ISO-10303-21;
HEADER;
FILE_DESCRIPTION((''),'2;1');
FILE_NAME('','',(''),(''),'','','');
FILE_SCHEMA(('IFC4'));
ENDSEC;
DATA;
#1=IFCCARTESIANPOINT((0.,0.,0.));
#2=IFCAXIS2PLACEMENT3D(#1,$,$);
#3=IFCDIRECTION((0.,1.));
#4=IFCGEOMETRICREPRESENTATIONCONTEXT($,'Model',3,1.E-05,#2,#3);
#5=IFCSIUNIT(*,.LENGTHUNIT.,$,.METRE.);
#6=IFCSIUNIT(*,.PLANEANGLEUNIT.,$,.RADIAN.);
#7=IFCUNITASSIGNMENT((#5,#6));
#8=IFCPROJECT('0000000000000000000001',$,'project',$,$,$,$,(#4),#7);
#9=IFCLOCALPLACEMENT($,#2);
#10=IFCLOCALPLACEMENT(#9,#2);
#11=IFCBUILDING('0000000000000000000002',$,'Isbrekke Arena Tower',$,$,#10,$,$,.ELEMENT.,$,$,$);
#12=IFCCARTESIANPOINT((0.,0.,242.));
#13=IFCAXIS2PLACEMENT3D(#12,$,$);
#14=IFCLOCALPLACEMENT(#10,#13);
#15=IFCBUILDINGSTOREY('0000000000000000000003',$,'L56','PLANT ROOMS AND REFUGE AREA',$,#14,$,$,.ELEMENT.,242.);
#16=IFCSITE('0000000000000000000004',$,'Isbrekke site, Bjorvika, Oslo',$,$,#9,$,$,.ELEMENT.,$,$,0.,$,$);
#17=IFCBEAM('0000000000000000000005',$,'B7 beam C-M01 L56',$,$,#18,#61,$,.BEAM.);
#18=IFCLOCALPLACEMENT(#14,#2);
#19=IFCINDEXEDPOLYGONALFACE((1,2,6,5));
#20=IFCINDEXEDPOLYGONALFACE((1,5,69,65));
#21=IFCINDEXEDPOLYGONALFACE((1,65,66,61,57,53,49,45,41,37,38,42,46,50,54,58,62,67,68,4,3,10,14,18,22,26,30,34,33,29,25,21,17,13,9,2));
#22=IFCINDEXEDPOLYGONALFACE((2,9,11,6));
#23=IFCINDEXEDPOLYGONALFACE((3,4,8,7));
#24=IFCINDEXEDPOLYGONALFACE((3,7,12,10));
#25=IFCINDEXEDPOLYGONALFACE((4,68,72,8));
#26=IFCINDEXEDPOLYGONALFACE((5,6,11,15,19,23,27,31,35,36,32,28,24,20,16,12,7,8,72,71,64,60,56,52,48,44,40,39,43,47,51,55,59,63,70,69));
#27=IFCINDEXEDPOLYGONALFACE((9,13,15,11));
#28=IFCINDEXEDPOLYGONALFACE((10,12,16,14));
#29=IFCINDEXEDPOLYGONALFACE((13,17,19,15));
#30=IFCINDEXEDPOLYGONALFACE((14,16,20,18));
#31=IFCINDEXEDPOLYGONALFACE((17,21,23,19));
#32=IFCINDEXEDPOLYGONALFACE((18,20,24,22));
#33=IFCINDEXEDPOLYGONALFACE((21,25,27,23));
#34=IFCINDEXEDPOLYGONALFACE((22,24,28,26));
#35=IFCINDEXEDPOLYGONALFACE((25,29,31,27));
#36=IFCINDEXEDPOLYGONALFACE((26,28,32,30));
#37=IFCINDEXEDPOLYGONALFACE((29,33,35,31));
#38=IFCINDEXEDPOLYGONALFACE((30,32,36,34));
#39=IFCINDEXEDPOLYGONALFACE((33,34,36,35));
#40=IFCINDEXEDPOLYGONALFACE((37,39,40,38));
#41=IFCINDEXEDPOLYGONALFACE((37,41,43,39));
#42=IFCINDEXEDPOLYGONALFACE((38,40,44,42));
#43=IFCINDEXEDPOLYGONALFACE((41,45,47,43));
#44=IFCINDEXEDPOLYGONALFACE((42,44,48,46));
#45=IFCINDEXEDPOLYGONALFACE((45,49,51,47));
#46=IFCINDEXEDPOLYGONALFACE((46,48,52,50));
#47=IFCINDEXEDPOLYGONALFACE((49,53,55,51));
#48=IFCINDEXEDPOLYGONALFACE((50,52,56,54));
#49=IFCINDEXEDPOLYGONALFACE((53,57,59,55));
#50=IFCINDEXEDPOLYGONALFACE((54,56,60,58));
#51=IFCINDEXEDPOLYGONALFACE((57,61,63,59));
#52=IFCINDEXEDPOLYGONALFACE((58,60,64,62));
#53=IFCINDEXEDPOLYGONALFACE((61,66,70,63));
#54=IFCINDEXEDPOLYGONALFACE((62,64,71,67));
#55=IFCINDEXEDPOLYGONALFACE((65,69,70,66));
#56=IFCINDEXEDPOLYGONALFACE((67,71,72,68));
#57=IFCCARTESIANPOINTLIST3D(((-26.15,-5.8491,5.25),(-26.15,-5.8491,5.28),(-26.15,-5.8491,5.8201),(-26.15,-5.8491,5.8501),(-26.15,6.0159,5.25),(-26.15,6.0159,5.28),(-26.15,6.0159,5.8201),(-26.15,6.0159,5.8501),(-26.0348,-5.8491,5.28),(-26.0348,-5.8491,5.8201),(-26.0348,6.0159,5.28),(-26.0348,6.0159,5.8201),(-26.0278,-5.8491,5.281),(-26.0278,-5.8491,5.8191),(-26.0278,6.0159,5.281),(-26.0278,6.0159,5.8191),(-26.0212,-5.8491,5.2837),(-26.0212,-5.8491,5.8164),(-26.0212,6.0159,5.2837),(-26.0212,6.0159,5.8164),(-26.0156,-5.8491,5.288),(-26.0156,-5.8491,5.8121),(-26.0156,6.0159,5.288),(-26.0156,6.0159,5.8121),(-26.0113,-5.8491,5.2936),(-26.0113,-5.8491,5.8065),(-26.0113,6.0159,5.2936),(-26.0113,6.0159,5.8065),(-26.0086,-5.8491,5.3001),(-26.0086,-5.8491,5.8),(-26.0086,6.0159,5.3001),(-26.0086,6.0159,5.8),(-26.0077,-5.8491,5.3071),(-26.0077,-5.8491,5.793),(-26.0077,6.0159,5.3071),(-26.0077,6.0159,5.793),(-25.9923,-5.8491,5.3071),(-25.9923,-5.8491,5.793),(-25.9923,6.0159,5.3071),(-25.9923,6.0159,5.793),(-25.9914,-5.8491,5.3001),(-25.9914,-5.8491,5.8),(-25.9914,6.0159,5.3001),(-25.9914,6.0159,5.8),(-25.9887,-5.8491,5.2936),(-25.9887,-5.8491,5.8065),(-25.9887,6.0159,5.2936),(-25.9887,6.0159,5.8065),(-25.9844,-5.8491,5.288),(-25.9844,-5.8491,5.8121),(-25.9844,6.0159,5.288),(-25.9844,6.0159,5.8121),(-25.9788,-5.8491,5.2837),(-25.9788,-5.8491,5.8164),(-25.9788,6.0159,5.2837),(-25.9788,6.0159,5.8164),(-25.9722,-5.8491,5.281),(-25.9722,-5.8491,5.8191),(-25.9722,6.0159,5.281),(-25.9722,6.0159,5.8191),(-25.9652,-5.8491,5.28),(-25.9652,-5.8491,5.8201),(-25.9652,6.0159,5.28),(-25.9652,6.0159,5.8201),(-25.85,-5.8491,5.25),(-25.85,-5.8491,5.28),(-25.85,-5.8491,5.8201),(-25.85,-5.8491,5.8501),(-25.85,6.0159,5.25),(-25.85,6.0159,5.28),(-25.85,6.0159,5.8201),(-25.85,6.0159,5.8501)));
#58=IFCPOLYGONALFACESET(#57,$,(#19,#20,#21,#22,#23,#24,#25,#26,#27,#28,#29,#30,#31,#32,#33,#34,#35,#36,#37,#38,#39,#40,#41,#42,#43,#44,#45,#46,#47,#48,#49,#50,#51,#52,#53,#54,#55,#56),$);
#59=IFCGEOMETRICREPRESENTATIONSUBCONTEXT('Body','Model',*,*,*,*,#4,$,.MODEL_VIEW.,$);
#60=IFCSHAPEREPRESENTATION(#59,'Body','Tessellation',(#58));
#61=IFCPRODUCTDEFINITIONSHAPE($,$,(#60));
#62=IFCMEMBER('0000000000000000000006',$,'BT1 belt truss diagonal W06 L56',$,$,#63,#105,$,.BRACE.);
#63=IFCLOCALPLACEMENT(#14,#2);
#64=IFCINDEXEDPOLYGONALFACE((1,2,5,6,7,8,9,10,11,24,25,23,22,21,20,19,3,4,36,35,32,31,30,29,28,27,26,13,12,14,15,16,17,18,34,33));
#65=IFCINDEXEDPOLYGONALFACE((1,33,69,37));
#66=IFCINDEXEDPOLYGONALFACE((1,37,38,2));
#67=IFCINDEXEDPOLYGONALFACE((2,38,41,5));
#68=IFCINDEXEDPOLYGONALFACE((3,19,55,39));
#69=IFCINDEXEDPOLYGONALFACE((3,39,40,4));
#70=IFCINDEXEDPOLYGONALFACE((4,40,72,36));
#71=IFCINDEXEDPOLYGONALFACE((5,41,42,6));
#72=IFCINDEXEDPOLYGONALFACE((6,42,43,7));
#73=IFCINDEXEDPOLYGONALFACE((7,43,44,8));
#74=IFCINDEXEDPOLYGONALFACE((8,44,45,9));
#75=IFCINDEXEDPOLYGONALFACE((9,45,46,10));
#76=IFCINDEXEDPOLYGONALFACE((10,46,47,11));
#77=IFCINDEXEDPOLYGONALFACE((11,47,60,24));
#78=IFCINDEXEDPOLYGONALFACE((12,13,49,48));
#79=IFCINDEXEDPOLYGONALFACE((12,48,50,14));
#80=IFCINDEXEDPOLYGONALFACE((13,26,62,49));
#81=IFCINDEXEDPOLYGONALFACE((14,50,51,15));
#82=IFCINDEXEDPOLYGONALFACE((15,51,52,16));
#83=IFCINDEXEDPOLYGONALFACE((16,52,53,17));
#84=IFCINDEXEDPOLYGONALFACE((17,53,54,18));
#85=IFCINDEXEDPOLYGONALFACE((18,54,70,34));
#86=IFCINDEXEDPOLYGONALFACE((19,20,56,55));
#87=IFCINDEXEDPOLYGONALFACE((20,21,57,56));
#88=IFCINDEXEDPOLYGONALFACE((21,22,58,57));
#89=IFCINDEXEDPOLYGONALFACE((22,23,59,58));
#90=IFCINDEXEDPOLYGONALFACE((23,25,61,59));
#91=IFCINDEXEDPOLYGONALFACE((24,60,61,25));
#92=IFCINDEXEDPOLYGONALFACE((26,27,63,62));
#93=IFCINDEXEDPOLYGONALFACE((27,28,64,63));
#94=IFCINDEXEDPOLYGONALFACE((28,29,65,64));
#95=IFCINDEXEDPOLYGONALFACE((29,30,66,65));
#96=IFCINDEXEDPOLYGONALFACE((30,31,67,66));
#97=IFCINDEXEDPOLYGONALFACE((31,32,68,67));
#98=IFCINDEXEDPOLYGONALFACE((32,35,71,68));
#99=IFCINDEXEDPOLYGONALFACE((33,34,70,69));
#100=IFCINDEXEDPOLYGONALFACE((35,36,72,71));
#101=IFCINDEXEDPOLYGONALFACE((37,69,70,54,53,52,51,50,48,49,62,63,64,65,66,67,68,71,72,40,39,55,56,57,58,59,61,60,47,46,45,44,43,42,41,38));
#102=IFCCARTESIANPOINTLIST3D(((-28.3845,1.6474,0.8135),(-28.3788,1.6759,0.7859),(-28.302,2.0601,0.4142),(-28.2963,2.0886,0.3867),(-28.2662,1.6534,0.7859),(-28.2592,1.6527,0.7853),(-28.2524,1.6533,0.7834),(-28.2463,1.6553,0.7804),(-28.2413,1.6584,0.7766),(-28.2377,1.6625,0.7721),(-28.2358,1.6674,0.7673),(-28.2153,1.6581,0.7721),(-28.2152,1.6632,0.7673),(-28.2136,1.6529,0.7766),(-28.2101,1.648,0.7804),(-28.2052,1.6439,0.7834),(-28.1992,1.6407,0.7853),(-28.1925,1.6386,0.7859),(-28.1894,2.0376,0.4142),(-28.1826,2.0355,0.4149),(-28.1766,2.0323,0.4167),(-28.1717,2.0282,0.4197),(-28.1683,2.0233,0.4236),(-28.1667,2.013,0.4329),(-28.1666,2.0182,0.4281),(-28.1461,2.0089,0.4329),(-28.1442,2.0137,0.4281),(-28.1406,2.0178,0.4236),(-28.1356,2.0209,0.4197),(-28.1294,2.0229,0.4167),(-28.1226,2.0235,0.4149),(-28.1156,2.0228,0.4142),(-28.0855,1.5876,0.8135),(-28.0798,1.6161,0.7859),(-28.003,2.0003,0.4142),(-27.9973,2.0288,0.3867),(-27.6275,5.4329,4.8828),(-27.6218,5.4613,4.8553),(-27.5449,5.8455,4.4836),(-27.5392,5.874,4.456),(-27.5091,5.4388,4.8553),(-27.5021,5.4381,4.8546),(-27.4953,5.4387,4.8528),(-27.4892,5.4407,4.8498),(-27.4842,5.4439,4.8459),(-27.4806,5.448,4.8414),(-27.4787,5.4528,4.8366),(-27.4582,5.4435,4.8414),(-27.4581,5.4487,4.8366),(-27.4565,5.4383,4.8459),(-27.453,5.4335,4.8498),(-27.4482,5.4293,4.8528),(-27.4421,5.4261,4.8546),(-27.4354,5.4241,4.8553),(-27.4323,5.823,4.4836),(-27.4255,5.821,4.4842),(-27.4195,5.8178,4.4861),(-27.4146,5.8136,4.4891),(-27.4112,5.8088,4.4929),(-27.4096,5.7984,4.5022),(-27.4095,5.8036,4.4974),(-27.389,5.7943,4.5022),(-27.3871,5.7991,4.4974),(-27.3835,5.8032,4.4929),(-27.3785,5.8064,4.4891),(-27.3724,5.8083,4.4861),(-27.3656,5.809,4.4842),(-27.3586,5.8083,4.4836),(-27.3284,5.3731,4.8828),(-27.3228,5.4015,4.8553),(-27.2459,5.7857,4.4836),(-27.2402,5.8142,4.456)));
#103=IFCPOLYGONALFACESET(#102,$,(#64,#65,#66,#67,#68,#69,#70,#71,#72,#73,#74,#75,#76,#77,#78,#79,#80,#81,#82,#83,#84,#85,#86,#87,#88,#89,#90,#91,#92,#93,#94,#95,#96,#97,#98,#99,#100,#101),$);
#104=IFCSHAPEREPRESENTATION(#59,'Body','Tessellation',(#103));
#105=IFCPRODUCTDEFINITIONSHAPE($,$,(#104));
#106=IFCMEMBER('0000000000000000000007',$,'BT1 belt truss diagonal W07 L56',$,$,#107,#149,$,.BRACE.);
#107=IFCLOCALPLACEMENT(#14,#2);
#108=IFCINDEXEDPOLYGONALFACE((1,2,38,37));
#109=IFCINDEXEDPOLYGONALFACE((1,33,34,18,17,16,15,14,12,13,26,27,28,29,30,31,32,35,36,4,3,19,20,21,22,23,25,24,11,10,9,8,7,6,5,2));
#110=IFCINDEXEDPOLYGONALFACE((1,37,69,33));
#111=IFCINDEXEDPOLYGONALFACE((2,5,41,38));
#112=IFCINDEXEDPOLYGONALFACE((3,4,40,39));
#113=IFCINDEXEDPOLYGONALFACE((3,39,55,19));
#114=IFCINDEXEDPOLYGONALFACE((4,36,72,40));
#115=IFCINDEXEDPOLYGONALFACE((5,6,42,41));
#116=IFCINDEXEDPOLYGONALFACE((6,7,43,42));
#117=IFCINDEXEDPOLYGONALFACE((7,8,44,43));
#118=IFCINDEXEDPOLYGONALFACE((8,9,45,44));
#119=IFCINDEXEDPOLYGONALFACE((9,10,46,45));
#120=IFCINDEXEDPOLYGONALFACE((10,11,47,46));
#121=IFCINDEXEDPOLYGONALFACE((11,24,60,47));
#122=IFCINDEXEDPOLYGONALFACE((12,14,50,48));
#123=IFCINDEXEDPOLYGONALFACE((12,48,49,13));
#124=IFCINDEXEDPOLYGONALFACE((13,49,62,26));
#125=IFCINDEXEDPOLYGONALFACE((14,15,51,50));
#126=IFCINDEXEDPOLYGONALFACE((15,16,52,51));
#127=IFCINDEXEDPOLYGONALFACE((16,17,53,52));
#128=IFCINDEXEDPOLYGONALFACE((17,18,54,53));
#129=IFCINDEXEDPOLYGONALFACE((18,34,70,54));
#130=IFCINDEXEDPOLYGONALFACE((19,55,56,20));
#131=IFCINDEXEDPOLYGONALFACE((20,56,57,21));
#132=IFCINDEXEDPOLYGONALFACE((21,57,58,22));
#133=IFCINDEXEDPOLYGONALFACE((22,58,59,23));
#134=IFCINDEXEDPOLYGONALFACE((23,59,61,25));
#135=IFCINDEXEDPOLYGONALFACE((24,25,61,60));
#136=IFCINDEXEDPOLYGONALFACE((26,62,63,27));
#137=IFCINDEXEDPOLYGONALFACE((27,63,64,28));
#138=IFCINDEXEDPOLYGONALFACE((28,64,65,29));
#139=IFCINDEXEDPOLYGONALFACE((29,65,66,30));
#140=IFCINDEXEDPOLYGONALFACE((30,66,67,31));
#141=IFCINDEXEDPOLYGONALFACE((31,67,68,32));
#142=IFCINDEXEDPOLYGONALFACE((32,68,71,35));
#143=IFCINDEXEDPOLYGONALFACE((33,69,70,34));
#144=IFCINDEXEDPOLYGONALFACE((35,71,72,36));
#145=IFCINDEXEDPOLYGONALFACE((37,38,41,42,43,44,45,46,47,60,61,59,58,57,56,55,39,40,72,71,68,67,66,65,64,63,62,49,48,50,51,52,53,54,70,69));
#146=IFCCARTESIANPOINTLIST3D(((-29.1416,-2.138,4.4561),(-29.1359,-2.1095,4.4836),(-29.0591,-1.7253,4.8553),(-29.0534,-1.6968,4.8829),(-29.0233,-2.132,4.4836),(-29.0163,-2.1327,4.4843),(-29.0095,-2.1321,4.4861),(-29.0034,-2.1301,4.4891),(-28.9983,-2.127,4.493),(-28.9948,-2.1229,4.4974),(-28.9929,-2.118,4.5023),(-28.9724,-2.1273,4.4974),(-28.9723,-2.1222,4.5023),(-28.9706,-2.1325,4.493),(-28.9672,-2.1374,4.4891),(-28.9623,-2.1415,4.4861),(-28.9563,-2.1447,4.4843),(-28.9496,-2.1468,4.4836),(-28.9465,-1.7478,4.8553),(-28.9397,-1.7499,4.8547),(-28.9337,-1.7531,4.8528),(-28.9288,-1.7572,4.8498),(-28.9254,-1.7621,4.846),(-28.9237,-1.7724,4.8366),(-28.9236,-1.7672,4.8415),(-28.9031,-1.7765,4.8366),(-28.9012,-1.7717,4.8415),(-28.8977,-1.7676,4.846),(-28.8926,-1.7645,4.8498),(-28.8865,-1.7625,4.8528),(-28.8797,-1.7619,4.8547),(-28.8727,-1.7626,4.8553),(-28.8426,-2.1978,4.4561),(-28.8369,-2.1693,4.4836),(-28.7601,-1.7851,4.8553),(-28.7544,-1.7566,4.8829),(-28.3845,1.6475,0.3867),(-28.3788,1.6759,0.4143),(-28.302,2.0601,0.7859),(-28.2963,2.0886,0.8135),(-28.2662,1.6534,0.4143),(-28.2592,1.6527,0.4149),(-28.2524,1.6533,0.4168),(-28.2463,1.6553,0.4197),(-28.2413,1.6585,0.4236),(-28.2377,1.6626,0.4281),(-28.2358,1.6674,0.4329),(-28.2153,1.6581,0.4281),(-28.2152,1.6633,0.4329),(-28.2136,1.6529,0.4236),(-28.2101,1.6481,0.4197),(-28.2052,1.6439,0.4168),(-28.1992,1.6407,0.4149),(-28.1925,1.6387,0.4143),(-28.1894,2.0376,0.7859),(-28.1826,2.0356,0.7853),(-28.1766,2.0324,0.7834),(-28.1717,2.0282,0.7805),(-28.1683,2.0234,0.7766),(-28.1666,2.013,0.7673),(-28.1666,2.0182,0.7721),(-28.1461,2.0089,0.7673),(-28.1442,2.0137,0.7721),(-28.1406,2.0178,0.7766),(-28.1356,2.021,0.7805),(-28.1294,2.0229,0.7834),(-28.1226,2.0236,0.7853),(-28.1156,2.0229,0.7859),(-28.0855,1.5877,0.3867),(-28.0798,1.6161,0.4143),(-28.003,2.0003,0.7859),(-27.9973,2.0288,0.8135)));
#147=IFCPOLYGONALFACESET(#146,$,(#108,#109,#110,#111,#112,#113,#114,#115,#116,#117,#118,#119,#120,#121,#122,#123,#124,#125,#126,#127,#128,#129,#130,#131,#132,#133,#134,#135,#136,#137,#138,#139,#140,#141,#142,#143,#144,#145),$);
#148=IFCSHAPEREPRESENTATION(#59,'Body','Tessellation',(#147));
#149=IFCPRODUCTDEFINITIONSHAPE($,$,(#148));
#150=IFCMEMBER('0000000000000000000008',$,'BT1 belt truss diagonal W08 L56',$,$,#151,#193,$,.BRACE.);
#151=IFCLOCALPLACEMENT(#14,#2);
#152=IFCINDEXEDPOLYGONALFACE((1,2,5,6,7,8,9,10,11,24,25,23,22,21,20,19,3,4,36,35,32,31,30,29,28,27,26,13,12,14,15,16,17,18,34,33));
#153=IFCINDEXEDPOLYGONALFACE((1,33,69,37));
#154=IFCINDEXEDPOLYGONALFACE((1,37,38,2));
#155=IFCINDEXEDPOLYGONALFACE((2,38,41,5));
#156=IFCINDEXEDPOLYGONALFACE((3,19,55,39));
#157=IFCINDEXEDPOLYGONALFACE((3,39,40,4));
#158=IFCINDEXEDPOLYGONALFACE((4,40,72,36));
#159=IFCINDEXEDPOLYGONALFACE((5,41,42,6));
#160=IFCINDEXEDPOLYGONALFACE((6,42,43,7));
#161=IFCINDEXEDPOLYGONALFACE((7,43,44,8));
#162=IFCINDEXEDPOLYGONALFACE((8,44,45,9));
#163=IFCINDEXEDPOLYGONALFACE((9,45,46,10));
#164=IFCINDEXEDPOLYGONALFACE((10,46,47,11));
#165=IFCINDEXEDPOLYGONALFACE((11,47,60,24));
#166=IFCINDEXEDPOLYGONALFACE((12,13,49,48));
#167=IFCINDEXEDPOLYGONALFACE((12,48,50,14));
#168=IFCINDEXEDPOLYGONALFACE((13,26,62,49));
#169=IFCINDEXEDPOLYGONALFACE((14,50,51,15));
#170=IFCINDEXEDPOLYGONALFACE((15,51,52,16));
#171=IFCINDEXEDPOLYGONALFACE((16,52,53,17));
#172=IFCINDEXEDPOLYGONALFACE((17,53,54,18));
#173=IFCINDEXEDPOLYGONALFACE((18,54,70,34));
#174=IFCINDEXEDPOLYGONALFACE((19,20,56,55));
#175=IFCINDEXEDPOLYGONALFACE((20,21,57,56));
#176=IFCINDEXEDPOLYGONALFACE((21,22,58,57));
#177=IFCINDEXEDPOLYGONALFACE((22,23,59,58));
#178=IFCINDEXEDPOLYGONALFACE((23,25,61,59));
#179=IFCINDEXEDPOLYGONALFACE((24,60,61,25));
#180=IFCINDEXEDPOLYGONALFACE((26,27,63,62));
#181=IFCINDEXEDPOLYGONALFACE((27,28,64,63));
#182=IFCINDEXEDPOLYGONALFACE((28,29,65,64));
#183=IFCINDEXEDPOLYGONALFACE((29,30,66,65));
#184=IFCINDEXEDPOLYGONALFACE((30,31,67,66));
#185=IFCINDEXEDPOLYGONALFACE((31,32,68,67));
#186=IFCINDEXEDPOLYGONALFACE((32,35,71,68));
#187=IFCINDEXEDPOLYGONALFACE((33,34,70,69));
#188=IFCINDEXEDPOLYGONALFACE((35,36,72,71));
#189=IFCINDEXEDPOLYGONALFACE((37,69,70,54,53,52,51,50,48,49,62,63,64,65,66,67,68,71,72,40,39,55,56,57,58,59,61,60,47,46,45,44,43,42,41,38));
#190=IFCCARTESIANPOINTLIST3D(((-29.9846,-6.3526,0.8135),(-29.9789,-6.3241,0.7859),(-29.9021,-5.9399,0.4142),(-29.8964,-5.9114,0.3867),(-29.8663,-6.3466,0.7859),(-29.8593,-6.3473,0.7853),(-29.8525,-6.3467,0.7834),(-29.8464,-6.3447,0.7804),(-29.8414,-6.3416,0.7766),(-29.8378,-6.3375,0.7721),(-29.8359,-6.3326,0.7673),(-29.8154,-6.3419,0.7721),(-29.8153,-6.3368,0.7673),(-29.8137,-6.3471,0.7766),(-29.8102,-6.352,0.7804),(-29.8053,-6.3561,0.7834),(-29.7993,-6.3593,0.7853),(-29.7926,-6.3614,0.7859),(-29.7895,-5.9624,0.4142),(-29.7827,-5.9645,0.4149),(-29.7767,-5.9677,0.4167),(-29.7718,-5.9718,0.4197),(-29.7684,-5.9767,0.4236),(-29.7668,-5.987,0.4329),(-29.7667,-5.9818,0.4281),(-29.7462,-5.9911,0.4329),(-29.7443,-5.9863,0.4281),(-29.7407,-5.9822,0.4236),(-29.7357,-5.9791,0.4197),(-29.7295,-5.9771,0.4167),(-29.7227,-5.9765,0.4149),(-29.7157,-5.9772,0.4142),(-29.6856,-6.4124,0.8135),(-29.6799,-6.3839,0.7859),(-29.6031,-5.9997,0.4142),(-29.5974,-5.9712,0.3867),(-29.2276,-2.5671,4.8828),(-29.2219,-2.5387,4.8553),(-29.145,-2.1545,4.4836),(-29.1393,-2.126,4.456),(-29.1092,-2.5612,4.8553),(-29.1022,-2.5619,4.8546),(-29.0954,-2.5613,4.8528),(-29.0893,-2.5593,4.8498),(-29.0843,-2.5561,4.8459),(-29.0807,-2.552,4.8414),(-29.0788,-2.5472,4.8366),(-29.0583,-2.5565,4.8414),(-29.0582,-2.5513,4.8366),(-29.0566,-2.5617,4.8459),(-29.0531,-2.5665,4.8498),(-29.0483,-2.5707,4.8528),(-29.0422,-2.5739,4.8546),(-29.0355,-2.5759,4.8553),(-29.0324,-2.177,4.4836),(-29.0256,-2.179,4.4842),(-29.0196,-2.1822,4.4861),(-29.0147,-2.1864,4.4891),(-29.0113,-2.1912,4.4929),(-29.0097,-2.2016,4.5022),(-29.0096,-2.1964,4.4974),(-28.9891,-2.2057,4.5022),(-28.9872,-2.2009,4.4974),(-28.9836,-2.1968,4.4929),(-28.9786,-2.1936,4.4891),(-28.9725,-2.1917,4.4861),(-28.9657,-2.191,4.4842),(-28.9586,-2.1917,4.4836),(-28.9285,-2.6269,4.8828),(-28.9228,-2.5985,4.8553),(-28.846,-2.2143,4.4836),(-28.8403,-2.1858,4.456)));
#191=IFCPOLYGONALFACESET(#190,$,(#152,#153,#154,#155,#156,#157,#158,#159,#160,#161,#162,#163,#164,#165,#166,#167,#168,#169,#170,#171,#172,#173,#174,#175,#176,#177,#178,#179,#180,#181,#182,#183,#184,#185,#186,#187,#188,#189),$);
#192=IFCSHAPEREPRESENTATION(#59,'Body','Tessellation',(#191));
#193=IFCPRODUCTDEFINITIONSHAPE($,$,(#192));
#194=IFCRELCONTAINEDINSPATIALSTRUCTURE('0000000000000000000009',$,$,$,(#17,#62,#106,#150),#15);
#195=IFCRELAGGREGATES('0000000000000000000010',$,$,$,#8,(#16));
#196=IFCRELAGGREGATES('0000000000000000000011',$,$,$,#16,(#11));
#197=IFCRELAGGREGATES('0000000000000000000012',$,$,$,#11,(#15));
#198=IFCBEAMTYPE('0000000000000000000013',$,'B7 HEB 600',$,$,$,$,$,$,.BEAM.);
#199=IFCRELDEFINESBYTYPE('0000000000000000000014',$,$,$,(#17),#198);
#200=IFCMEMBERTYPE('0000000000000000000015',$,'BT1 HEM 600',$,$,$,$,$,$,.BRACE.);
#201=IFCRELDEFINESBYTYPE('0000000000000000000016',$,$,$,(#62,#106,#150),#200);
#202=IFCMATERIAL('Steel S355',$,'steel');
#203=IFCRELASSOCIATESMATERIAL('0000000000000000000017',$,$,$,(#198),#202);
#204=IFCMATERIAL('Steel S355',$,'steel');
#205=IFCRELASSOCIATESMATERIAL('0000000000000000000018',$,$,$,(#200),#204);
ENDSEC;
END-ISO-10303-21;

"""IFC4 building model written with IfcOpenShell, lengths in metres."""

from ifc_helpers import new_model, si_unit, direction, frame, origin, origin_2d, place, context, subcontext, project, spatial, i_section, extrude, material, material_profile, profile_set, type_object, element, save


model = new_model("IFC4")

# Units and contexts
model_context = context("Model", 3, precision=1e-05, world=origin(), true_north=direction((0.0, 1.0)))
body_context = subcontext(model_context, "Body", "Model", "MODEL_VIEW")
ifc_project = project(units=[si_unit("LENGTHUNIT", "METRE"), si_unit("PLANEANGLEUNIT", "RADIAN")], contexts=[model_context])

# Site, building, storey
site_placement = place(None, origin())
site = spatial("IfcSite", under=ifc_project, at=site_placement, Name="Isbrekke site, Bjorvika, Oslo", CompositionType="ELEMENT", RefElevation=0.0)
building_placement = place(site_placement, origin())
building = spatial("IfcBuilding", under=site, at=building_placement, Name="Isbrekke Arena Tower", CompositionType="ELEMENT")
storey_placement = place(building_placement, frame((0.0, 0.0, 242.0)))
storey = spatial("IfcBuildingStorey", under=building, at=storey_placement, Name="L56", Description="PLANT ROOMS AND REFUGE AREA", CompositionType="ELEMENT", Elevation=242.0)

# Beam
ifc_material_1 = material(Name="Steel S355", Category="steel")
ifc_material_profile_1 = material_profile(ifc_material_1, i_section(OverallWidth=0.3, OverallDepth=0.6001, WebThickness=0.0154, FlangeThickness=0.03, FilletRadius=0.0271, at=origin_2d()), Name="HEB 600")
ifc_profile_set_1 = profile_set([ifc_material_profile_1], Name="Steel S355")
beam_type_1 = type_object("IfcBeamType", Name="B7 HEB 600", PredefinedType="BEAM", material=ifc_profile_set_1)
beam_1_placement = place(storey_placement, frame((-26.0, -5.8491, 5.55), z_axis=(0.0, 1.0, 0.0), x_axis=(-1.0, 0.0, 0.0)))
element("IfcBeam", 1, at=beam_1_placement, inside=storey, type_object=beam_type_1, Name="B7 beam C-M01 L56", PredefinedType="BEAM", context=body_context, shape_type="SweptSolid", body=[
    extrude(i_section(OverallWidth=0.3, OverallDepth=0.6001, WebThickness=0.0154, FlangeThickness=0.03, FilletRadius=0.0271, at=origin_2d()), origin(), (0.0, 0.0, 1.0), 11.865),
])

# Members
ifc_material_2 = material(Name="Steel S355", Category="steel")
ifc_material_profile_2 = material_profile(ifc_material_2, i_section(OverallWidth=0.3049, OverallDepth=0.6201, WebThickness=0.021, FlangeThickness=0.04, FilletRadius=0.0271, at=origin_2d()), Name="HEM 600")
ifc_profile_set_2 = profile_set([ifc_material_profile_2], Name="Steel S355")
member_type_1 = type_object("IfcMemberType", Name="BT1 HEM 600", PredefinedType="BRACE", material=ifc_profile_set_2)
for number, where, z_axis, x_axis, name in (
    (2, (-27.4338, 5.6235, 4.6694), (-0.134974, -0.674869, -0.725489), (0.980581, -0.196116, 0.0), "BT1 belt truss diagonal W06 L56"),
    (3, (-28.1909, 1.8381, 0.6001), (-0.134974, -0.674869, 0.725489), (0.980581, -0.196116, 0.0), "BT1 belt truss diagonal W07 L56"),
    (4, (-29.0339, -2.3765, 4.6694), (-0.134974, -0.674869, -0.725489), (0.980581, -0.196116, 0.0), "BT1 belt truss diagonal W08 L56"),
):
    element("IfcMember", number, at=place(storey_placement, frame(where, z_axis=z_axis, x_axis=x_axis)), inside=storey, type_object=member_type_1, Name=name, PredefinedType="BRACE", context=body_context, shape_type="SweptSolid", body=[
        extrude(i_section(OverallWidth=0.3049, OverallDepth=0.6201, WebThickness=0.021, FlangeThickness=0.04, FilletRadius=0.0271, at=origin_2d()), origin(), (0.0, 0.0, 1.0), 5.6091),
    ])

save(model, "model.ifc")
